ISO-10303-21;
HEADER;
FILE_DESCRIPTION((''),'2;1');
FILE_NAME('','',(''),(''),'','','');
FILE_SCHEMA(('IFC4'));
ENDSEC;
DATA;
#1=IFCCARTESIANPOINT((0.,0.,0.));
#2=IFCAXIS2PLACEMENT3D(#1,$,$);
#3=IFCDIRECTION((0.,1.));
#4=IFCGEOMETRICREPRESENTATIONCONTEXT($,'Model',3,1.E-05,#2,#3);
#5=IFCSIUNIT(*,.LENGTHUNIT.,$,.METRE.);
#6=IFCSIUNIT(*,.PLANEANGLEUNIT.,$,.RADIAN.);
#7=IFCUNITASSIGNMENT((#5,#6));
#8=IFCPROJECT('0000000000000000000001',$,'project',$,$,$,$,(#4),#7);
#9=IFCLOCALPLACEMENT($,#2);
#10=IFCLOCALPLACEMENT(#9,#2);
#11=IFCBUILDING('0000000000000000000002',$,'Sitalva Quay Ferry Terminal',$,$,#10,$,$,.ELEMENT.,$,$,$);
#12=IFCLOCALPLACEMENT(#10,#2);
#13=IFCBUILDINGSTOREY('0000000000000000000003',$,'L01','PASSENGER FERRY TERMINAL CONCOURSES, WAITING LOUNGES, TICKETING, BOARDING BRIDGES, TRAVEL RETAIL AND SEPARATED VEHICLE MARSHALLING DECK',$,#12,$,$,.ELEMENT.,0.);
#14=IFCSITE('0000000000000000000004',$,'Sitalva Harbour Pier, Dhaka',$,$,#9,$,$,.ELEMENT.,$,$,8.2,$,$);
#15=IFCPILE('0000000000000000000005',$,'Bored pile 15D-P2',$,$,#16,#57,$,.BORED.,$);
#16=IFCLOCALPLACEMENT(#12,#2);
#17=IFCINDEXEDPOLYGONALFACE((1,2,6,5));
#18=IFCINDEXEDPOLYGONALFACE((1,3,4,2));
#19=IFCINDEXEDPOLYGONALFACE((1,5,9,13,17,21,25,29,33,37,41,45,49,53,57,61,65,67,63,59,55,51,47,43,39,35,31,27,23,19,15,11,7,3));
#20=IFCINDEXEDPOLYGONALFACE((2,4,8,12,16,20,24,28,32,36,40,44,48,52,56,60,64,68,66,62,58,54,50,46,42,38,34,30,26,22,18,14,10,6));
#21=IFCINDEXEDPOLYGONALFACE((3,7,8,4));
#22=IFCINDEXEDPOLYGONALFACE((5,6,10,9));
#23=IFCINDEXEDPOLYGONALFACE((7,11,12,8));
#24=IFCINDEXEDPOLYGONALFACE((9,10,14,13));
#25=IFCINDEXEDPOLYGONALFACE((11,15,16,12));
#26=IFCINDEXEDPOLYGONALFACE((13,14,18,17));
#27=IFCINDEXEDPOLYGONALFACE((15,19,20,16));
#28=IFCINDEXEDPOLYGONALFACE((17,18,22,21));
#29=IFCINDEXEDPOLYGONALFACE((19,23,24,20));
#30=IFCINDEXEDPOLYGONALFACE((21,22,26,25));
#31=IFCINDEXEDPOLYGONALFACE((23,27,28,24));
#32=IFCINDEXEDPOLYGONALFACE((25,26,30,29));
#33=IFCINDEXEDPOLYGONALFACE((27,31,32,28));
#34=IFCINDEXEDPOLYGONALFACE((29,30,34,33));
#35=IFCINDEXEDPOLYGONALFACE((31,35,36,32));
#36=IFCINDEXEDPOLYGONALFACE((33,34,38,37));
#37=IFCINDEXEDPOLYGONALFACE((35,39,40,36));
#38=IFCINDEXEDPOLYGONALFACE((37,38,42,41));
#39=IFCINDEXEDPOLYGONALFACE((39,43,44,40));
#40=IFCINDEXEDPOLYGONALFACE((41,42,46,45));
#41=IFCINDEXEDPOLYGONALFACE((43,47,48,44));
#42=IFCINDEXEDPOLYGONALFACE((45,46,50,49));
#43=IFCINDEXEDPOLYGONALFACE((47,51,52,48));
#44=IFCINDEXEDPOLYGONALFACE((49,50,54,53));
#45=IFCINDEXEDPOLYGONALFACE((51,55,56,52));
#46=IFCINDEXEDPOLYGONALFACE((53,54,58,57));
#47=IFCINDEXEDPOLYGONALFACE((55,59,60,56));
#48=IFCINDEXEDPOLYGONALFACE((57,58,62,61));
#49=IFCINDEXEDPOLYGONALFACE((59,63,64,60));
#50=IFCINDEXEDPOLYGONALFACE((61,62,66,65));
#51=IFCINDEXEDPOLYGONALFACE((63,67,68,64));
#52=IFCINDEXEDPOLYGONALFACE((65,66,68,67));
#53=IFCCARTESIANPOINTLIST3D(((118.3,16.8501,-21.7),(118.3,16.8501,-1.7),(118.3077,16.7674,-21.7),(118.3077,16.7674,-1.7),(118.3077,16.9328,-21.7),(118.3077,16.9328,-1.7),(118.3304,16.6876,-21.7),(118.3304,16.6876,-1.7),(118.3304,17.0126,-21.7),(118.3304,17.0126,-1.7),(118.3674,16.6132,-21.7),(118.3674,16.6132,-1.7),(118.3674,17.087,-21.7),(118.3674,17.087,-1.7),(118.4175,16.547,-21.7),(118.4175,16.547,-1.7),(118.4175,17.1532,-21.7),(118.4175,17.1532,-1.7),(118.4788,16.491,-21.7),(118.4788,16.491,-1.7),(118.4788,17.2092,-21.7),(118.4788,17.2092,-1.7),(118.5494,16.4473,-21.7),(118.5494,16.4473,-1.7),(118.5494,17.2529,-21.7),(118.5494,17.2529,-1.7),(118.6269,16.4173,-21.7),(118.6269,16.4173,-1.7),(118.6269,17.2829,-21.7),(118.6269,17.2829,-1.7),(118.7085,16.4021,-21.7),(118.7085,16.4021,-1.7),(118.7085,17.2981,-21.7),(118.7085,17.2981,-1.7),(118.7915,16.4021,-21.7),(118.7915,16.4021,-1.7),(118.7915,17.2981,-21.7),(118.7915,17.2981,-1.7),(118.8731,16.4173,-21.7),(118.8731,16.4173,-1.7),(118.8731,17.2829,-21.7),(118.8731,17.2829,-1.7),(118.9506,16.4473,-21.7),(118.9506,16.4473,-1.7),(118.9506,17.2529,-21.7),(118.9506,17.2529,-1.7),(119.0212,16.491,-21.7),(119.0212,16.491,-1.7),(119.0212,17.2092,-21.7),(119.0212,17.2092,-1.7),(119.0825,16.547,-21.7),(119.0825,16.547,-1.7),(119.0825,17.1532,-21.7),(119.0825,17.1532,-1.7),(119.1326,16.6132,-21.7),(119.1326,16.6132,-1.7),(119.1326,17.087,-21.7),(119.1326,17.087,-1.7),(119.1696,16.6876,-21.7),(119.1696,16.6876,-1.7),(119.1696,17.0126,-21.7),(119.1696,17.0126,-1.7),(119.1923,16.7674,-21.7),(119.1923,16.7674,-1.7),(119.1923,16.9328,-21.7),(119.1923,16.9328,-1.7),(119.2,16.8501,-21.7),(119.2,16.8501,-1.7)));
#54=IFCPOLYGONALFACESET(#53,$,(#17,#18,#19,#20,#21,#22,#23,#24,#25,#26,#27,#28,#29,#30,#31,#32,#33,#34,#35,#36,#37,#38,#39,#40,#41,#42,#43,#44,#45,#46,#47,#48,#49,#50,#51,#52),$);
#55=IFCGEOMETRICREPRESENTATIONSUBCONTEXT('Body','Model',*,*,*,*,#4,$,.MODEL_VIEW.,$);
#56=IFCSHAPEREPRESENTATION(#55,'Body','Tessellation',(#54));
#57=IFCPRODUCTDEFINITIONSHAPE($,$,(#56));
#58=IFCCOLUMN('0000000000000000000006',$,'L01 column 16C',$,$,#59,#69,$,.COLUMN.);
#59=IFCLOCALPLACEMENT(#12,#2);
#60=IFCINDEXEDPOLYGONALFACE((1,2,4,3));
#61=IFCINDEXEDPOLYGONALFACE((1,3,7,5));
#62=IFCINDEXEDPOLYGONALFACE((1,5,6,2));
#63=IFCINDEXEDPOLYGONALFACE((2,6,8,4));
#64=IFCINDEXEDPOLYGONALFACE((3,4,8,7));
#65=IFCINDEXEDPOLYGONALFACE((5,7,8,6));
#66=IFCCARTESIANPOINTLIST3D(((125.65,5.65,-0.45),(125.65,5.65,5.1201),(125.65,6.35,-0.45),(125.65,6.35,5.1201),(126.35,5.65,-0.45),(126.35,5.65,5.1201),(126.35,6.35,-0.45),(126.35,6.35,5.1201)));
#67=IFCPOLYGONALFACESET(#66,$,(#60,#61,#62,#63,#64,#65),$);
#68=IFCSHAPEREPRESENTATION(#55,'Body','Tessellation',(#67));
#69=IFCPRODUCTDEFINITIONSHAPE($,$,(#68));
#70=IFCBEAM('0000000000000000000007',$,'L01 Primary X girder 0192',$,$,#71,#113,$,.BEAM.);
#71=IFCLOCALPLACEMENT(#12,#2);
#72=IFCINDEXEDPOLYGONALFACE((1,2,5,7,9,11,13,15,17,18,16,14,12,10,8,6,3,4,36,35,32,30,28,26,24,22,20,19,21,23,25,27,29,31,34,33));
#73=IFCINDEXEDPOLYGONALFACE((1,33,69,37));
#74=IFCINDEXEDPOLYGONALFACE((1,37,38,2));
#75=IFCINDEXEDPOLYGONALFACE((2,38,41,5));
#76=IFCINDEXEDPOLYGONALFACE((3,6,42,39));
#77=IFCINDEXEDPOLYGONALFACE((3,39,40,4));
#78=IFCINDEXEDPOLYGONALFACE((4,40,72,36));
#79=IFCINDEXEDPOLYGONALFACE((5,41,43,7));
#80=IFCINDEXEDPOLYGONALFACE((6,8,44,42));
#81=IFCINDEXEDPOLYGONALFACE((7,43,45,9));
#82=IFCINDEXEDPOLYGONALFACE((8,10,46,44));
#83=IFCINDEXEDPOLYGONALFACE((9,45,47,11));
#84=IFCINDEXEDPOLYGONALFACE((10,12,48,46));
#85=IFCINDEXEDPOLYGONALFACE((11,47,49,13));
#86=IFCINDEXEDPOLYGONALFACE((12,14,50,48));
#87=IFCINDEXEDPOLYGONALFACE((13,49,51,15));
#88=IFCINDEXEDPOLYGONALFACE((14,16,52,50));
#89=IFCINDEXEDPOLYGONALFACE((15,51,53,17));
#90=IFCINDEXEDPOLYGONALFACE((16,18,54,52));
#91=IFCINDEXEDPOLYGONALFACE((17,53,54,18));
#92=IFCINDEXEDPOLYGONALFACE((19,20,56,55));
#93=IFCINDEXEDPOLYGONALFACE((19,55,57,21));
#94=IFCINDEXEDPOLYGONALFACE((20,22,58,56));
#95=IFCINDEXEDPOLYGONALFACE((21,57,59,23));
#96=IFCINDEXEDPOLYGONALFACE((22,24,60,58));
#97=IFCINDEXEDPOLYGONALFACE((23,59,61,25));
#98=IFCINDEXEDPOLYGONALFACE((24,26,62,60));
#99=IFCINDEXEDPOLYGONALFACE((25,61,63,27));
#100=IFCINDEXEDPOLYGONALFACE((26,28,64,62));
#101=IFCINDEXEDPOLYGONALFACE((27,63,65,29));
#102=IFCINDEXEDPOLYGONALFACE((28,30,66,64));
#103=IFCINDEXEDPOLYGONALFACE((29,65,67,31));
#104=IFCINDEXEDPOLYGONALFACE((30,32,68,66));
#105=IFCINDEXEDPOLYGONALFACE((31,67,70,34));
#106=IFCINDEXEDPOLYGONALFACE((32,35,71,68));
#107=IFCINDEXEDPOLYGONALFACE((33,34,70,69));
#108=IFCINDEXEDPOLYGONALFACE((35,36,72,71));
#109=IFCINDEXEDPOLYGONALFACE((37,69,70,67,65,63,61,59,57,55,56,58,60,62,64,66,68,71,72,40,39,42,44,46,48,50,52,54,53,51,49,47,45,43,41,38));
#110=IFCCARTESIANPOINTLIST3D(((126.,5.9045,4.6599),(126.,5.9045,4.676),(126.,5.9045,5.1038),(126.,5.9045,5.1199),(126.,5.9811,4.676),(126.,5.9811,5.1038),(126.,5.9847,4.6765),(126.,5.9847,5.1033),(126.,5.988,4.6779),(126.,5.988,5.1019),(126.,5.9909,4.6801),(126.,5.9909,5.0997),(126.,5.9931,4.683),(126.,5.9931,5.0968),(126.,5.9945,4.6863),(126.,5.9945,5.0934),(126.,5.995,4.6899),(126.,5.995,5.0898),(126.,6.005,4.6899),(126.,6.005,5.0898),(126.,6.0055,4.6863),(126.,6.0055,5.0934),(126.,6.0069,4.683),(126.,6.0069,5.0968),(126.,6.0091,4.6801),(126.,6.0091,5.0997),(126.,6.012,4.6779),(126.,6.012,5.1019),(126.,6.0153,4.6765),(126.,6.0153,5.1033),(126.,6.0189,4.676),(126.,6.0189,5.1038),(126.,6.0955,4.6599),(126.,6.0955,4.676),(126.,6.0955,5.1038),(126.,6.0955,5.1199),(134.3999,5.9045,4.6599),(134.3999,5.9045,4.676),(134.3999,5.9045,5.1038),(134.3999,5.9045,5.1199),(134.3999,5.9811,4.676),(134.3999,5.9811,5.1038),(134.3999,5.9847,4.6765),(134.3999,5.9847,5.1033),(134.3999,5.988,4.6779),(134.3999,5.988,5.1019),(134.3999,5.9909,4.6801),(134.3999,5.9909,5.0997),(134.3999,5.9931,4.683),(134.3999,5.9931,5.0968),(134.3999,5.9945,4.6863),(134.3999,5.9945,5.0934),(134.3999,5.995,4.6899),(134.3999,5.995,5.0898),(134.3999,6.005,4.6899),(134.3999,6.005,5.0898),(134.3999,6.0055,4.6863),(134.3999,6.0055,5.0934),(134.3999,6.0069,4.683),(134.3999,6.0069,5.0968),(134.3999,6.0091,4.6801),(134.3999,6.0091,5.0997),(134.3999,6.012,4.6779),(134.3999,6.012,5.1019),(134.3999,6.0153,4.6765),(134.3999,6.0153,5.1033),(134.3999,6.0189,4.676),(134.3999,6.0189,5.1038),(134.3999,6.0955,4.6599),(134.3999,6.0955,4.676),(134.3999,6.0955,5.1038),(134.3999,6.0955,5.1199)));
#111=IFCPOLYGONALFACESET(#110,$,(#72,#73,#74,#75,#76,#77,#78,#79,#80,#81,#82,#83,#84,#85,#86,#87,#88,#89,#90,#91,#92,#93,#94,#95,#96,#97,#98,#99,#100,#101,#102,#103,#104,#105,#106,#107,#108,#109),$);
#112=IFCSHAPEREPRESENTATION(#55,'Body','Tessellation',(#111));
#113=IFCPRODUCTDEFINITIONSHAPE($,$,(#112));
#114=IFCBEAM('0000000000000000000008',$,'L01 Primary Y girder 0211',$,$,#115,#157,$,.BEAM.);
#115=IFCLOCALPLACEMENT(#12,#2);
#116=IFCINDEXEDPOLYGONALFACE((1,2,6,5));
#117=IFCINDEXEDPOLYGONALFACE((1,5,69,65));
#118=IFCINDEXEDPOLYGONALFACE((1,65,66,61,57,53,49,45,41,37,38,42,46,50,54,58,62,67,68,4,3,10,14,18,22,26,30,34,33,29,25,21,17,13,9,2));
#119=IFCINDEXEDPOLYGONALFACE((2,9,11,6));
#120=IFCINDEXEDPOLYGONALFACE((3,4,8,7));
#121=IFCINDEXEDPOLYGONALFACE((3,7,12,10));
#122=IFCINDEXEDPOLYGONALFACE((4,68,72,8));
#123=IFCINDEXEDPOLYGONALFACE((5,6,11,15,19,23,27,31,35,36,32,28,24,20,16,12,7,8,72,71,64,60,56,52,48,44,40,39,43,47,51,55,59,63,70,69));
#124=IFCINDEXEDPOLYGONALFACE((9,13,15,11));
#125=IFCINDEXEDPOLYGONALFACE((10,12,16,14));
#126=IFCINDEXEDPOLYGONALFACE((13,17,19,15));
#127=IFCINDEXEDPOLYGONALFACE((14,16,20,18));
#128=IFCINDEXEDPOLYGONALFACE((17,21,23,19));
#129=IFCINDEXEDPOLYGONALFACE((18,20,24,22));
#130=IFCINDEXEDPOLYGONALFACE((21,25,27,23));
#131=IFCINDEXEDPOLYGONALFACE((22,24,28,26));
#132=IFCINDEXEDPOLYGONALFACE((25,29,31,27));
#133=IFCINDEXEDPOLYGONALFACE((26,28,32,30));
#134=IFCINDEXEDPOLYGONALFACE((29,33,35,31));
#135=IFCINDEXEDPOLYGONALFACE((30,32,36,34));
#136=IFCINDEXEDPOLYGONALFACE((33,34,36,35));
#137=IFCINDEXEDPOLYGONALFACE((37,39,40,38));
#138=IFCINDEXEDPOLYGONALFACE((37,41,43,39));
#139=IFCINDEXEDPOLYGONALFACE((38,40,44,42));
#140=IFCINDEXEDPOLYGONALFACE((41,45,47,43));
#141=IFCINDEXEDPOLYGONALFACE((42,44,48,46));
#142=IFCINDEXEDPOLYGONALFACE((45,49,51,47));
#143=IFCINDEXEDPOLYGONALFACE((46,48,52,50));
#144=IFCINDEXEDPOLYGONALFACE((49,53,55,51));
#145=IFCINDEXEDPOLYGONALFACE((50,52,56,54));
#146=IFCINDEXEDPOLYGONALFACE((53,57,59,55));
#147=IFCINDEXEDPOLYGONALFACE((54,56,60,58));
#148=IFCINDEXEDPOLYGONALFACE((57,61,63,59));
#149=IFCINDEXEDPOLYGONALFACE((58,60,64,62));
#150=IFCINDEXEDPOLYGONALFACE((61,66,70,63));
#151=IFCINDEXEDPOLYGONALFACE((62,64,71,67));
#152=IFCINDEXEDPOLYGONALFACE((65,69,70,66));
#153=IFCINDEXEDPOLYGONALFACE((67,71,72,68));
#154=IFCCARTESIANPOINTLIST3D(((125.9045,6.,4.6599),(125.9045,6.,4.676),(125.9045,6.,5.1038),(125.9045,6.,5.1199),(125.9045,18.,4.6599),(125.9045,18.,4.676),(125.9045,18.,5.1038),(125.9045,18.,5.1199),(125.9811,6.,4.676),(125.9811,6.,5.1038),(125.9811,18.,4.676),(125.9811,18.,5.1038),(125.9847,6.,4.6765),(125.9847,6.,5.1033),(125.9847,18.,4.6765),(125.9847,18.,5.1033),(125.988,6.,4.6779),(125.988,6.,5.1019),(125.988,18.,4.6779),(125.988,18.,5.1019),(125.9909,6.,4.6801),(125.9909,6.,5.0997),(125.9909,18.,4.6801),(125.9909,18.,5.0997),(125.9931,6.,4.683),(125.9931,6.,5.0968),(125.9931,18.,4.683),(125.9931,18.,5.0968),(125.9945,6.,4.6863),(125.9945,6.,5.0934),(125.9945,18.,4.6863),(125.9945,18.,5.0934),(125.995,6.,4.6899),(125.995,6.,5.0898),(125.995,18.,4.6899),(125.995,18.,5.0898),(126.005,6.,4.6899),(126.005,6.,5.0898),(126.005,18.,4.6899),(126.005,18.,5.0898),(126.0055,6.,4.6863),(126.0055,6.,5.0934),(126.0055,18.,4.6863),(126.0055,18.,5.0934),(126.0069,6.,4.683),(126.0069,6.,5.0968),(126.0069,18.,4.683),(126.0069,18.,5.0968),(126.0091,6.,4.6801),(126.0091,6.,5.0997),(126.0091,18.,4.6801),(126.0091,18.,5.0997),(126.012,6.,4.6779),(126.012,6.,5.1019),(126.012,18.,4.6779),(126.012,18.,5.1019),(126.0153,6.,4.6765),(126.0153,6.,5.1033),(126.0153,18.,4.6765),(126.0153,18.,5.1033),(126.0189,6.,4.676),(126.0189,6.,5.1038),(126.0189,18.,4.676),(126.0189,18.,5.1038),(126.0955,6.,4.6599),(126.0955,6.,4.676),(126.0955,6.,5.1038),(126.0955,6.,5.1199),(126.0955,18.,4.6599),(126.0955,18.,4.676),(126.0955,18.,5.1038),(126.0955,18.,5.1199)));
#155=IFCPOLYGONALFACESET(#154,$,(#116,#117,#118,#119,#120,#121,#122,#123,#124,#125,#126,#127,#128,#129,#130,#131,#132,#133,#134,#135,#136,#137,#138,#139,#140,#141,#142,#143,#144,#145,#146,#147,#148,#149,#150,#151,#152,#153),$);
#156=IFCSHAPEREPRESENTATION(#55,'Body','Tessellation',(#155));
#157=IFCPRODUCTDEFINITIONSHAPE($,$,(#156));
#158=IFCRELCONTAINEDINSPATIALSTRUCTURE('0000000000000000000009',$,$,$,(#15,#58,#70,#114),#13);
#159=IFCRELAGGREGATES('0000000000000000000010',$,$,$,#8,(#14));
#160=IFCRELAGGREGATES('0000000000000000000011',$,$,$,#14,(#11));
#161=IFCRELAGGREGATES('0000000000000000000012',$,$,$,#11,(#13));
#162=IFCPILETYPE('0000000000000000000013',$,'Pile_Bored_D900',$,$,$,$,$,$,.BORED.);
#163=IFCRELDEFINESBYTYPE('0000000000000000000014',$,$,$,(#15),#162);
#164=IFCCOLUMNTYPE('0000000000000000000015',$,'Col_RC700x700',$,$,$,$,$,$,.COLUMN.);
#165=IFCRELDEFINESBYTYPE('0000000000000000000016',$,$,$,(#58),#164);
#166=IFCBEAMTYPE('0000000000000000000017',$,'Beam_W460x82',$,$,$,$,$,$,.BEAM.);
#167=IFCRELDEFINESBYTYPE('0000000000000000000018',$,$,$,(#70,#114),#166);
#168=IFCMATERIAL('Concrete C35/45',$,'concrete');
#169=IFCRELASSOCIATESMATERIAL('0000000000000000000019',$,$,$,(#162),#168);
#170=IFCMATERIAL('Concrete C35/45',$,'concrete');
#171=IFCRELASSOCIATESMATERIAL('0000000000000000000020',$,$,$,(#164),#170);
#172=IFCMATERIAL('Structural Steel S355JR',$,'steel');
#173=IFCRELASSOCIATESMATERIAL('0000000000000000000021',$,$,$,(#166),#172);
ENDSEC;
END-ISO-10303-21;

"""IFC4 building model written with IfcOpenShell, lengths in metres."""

from ifc_helpers import new_model, si_unit, direction, frame, origin, origin_2d, place, context, subcontext, project, spatial, rectangle, circle, i_section, extrude, material, material_profile, profile_set, type_object, element, save


model = new_model("IFC4")

# Units and contexts
model_context = context("Model", 3, precision=1e-05, world=origin(), true_north=direction((0.0, 1.0)))
body_context = subcontext(model_context, "Body", "Model", "MODEL_VIEW")
ifc_project = project(units=[si_unit("LENGTHUNIT", "METRE"), si_unit("PLANEANGLEUNIT", "RADIAN")], contexts=[model_context])

# Site, building, storey
site_placement = place(None, origin())
site = spatial("IfcSite", under=ifc_project, at=site_placement, Name="Sitalva Harbour Pier, Dhaka", CompositionType="ELEMENT", RefElevation=8.2)
building_placement = place(site_placement, origin())
building = spatial("IfcBuilding", under=site, at=building_placement, Name="Sitalva Quay Ferry Terminal", CompositionType="ELEMENT")
storey_placement = place(building_placement, origin())
storey = spatial("IfcBuildingStorey", under=building, at=storey_placement, Name="L01", Description="PASSENGER FERRY TERMINAL CONCOURSES, WAITING LOUNGES, TICKETING, BOARDING BRIDGES, TRAVEL RETAIL AND SEPARATED VEHICLE MARSHALLING DECK", CompositionType="ELEMENT", Elevation=0.0)

# Pile
ifc_material_1 = material(Name="Concrete C35/45", Category="concrete")
ifc_material_profile_1 = material_profile(ifc_material_1, circle(Radius=0.45, at=origin_2d()), Name="PILE-D900")
ifc_profile_set_1 = profile_set([ifc_material_profile_1], Name="Concrete C35/45")
pile_type_1 = type_object("IfcPileType", Name="Pile_Bored_D900", PredefinedType="BORED", material=ifc_profile_set_1)
for number, where, z_axis, x_axis, name in (
    (1, (118.75, 16.8501, -1.7), (0.0, 0.0, -1.0), (1.0, 0.0, 0.0), "Bored pile 15D-P2"),
):
    element("IfcPile", number, at=place(storey_placement, frame(where, z_axis=z_axis, x_axis=x_axis)), inside=storey, type_object=pile_type_1, Name=name, PredefinedType="BORED", context=body_context, shape_type="SweptSolid", body=[
        extrude(circle(Radius=0.45, at=origin_2d()), origin(), (0.0, 0.0, 1.0), 20.0),
    ])

# Column
ifc_material_2 = material(Name="Concrete C35/45", Category="concrete")
ifc_material_profile_2 = material_profile(ifc_material_2, rectangle(XDim=0.7, YDim=0.7, at=origin_2d()), Name="RC700x700")
ifc_profile_set_2 = profile_set([ifc_material_profile_2], Name="Concrete C35/45")
column_type = type_object("IfcColumnType", Name="Col_RC700x700", PredefinedType="COLUMN", material=ifc_profile_set_2)
column_placement = place(storey_placement, frame((126.0, 6.0, -0.45), z_axis=(0.0, 0.0, 1.0), x_axis=(1.0, 0.0, 0.0)))
element("IfcColumn", 2, at=column_placement, inside=storey, type_object=column_type, Name="L01 column 16C", PredefinedType="COLUMN", context=body_context, shape_type="SweptSolid", body=[
    extrude(rectangle(XDim=0.7, YDim=0.7, at=origin_2d()), origin(), (0.0, 0.0, 1.0), 5.5701),
])

# Beams
ifc_material_3 = material(Name="Structural Steel S355JR", Category="steel")
ifc_material_profile_3 = material_profile(ifc_material_3, i_section(OverallWidth=0.1909, OverallDepth=0.46, WebThickness=0.01, FlangeThickness=0.0161, FilletRadius=0.0139, at=origin_2d()), Name="W460x82")
ifc_profile_set_3 = profile_set([ifc_material_profile_3], Name="Structural Steel S355JR")
beam_type_1 = type_object("IfcBeamType", Name="Beam_W460x82", PredefinedType="BEAM", material=ifc_profile_set_3)
beam_1_placement = place(storey_placement, frame((126.0, 6.0, 4.8899), z_axis=(1.0, 0.0, 0.0), x_axis=(0.0, 1.0, 0.0)))
element("IfcBeam", 3, at=beam_1_placement, inside=storey, type_object=beam_type_1, Name="L01 Primary X girder 0192", PredefinedType="BEAM", context=body_context, shape_type="SweptSolid", body=[
    extrude(i_section(OverallWidth=0.1909, OverallDepth=0.46, WebThickness=0.01, FlangeThickness=0.0161, FilletRadius=0.0139, at=origin_2d()), origin(), (0.0, 0.0, 1.0), 8.3999),
])
beam_2_placement = place(storey_placement, frame((126.0, 6.0, 4.8899), z_axis=(0.0, 1.0, 0.0), x_axis=(-1.0, 0.0, 0.0)))
element("IfcBeam", 4, at=beam_2_placement, inside=storey, type_object=beam_type_1, Name="L01 Primary Y girder 0211", PredefinedType="BEAM", context=body_context, shape_type="SweptSolid", body=[
    extrude(i_section(OverallWidth=0.1909, OverallDepth=0.46, WebThickness=0.01, FlangeThickness=0.0161, FilletRadius=0.0139, at=origin_2d()), origin(), (0.0, 0.0, 1.0), 12.0),
])

save(model, "model.ifc")
